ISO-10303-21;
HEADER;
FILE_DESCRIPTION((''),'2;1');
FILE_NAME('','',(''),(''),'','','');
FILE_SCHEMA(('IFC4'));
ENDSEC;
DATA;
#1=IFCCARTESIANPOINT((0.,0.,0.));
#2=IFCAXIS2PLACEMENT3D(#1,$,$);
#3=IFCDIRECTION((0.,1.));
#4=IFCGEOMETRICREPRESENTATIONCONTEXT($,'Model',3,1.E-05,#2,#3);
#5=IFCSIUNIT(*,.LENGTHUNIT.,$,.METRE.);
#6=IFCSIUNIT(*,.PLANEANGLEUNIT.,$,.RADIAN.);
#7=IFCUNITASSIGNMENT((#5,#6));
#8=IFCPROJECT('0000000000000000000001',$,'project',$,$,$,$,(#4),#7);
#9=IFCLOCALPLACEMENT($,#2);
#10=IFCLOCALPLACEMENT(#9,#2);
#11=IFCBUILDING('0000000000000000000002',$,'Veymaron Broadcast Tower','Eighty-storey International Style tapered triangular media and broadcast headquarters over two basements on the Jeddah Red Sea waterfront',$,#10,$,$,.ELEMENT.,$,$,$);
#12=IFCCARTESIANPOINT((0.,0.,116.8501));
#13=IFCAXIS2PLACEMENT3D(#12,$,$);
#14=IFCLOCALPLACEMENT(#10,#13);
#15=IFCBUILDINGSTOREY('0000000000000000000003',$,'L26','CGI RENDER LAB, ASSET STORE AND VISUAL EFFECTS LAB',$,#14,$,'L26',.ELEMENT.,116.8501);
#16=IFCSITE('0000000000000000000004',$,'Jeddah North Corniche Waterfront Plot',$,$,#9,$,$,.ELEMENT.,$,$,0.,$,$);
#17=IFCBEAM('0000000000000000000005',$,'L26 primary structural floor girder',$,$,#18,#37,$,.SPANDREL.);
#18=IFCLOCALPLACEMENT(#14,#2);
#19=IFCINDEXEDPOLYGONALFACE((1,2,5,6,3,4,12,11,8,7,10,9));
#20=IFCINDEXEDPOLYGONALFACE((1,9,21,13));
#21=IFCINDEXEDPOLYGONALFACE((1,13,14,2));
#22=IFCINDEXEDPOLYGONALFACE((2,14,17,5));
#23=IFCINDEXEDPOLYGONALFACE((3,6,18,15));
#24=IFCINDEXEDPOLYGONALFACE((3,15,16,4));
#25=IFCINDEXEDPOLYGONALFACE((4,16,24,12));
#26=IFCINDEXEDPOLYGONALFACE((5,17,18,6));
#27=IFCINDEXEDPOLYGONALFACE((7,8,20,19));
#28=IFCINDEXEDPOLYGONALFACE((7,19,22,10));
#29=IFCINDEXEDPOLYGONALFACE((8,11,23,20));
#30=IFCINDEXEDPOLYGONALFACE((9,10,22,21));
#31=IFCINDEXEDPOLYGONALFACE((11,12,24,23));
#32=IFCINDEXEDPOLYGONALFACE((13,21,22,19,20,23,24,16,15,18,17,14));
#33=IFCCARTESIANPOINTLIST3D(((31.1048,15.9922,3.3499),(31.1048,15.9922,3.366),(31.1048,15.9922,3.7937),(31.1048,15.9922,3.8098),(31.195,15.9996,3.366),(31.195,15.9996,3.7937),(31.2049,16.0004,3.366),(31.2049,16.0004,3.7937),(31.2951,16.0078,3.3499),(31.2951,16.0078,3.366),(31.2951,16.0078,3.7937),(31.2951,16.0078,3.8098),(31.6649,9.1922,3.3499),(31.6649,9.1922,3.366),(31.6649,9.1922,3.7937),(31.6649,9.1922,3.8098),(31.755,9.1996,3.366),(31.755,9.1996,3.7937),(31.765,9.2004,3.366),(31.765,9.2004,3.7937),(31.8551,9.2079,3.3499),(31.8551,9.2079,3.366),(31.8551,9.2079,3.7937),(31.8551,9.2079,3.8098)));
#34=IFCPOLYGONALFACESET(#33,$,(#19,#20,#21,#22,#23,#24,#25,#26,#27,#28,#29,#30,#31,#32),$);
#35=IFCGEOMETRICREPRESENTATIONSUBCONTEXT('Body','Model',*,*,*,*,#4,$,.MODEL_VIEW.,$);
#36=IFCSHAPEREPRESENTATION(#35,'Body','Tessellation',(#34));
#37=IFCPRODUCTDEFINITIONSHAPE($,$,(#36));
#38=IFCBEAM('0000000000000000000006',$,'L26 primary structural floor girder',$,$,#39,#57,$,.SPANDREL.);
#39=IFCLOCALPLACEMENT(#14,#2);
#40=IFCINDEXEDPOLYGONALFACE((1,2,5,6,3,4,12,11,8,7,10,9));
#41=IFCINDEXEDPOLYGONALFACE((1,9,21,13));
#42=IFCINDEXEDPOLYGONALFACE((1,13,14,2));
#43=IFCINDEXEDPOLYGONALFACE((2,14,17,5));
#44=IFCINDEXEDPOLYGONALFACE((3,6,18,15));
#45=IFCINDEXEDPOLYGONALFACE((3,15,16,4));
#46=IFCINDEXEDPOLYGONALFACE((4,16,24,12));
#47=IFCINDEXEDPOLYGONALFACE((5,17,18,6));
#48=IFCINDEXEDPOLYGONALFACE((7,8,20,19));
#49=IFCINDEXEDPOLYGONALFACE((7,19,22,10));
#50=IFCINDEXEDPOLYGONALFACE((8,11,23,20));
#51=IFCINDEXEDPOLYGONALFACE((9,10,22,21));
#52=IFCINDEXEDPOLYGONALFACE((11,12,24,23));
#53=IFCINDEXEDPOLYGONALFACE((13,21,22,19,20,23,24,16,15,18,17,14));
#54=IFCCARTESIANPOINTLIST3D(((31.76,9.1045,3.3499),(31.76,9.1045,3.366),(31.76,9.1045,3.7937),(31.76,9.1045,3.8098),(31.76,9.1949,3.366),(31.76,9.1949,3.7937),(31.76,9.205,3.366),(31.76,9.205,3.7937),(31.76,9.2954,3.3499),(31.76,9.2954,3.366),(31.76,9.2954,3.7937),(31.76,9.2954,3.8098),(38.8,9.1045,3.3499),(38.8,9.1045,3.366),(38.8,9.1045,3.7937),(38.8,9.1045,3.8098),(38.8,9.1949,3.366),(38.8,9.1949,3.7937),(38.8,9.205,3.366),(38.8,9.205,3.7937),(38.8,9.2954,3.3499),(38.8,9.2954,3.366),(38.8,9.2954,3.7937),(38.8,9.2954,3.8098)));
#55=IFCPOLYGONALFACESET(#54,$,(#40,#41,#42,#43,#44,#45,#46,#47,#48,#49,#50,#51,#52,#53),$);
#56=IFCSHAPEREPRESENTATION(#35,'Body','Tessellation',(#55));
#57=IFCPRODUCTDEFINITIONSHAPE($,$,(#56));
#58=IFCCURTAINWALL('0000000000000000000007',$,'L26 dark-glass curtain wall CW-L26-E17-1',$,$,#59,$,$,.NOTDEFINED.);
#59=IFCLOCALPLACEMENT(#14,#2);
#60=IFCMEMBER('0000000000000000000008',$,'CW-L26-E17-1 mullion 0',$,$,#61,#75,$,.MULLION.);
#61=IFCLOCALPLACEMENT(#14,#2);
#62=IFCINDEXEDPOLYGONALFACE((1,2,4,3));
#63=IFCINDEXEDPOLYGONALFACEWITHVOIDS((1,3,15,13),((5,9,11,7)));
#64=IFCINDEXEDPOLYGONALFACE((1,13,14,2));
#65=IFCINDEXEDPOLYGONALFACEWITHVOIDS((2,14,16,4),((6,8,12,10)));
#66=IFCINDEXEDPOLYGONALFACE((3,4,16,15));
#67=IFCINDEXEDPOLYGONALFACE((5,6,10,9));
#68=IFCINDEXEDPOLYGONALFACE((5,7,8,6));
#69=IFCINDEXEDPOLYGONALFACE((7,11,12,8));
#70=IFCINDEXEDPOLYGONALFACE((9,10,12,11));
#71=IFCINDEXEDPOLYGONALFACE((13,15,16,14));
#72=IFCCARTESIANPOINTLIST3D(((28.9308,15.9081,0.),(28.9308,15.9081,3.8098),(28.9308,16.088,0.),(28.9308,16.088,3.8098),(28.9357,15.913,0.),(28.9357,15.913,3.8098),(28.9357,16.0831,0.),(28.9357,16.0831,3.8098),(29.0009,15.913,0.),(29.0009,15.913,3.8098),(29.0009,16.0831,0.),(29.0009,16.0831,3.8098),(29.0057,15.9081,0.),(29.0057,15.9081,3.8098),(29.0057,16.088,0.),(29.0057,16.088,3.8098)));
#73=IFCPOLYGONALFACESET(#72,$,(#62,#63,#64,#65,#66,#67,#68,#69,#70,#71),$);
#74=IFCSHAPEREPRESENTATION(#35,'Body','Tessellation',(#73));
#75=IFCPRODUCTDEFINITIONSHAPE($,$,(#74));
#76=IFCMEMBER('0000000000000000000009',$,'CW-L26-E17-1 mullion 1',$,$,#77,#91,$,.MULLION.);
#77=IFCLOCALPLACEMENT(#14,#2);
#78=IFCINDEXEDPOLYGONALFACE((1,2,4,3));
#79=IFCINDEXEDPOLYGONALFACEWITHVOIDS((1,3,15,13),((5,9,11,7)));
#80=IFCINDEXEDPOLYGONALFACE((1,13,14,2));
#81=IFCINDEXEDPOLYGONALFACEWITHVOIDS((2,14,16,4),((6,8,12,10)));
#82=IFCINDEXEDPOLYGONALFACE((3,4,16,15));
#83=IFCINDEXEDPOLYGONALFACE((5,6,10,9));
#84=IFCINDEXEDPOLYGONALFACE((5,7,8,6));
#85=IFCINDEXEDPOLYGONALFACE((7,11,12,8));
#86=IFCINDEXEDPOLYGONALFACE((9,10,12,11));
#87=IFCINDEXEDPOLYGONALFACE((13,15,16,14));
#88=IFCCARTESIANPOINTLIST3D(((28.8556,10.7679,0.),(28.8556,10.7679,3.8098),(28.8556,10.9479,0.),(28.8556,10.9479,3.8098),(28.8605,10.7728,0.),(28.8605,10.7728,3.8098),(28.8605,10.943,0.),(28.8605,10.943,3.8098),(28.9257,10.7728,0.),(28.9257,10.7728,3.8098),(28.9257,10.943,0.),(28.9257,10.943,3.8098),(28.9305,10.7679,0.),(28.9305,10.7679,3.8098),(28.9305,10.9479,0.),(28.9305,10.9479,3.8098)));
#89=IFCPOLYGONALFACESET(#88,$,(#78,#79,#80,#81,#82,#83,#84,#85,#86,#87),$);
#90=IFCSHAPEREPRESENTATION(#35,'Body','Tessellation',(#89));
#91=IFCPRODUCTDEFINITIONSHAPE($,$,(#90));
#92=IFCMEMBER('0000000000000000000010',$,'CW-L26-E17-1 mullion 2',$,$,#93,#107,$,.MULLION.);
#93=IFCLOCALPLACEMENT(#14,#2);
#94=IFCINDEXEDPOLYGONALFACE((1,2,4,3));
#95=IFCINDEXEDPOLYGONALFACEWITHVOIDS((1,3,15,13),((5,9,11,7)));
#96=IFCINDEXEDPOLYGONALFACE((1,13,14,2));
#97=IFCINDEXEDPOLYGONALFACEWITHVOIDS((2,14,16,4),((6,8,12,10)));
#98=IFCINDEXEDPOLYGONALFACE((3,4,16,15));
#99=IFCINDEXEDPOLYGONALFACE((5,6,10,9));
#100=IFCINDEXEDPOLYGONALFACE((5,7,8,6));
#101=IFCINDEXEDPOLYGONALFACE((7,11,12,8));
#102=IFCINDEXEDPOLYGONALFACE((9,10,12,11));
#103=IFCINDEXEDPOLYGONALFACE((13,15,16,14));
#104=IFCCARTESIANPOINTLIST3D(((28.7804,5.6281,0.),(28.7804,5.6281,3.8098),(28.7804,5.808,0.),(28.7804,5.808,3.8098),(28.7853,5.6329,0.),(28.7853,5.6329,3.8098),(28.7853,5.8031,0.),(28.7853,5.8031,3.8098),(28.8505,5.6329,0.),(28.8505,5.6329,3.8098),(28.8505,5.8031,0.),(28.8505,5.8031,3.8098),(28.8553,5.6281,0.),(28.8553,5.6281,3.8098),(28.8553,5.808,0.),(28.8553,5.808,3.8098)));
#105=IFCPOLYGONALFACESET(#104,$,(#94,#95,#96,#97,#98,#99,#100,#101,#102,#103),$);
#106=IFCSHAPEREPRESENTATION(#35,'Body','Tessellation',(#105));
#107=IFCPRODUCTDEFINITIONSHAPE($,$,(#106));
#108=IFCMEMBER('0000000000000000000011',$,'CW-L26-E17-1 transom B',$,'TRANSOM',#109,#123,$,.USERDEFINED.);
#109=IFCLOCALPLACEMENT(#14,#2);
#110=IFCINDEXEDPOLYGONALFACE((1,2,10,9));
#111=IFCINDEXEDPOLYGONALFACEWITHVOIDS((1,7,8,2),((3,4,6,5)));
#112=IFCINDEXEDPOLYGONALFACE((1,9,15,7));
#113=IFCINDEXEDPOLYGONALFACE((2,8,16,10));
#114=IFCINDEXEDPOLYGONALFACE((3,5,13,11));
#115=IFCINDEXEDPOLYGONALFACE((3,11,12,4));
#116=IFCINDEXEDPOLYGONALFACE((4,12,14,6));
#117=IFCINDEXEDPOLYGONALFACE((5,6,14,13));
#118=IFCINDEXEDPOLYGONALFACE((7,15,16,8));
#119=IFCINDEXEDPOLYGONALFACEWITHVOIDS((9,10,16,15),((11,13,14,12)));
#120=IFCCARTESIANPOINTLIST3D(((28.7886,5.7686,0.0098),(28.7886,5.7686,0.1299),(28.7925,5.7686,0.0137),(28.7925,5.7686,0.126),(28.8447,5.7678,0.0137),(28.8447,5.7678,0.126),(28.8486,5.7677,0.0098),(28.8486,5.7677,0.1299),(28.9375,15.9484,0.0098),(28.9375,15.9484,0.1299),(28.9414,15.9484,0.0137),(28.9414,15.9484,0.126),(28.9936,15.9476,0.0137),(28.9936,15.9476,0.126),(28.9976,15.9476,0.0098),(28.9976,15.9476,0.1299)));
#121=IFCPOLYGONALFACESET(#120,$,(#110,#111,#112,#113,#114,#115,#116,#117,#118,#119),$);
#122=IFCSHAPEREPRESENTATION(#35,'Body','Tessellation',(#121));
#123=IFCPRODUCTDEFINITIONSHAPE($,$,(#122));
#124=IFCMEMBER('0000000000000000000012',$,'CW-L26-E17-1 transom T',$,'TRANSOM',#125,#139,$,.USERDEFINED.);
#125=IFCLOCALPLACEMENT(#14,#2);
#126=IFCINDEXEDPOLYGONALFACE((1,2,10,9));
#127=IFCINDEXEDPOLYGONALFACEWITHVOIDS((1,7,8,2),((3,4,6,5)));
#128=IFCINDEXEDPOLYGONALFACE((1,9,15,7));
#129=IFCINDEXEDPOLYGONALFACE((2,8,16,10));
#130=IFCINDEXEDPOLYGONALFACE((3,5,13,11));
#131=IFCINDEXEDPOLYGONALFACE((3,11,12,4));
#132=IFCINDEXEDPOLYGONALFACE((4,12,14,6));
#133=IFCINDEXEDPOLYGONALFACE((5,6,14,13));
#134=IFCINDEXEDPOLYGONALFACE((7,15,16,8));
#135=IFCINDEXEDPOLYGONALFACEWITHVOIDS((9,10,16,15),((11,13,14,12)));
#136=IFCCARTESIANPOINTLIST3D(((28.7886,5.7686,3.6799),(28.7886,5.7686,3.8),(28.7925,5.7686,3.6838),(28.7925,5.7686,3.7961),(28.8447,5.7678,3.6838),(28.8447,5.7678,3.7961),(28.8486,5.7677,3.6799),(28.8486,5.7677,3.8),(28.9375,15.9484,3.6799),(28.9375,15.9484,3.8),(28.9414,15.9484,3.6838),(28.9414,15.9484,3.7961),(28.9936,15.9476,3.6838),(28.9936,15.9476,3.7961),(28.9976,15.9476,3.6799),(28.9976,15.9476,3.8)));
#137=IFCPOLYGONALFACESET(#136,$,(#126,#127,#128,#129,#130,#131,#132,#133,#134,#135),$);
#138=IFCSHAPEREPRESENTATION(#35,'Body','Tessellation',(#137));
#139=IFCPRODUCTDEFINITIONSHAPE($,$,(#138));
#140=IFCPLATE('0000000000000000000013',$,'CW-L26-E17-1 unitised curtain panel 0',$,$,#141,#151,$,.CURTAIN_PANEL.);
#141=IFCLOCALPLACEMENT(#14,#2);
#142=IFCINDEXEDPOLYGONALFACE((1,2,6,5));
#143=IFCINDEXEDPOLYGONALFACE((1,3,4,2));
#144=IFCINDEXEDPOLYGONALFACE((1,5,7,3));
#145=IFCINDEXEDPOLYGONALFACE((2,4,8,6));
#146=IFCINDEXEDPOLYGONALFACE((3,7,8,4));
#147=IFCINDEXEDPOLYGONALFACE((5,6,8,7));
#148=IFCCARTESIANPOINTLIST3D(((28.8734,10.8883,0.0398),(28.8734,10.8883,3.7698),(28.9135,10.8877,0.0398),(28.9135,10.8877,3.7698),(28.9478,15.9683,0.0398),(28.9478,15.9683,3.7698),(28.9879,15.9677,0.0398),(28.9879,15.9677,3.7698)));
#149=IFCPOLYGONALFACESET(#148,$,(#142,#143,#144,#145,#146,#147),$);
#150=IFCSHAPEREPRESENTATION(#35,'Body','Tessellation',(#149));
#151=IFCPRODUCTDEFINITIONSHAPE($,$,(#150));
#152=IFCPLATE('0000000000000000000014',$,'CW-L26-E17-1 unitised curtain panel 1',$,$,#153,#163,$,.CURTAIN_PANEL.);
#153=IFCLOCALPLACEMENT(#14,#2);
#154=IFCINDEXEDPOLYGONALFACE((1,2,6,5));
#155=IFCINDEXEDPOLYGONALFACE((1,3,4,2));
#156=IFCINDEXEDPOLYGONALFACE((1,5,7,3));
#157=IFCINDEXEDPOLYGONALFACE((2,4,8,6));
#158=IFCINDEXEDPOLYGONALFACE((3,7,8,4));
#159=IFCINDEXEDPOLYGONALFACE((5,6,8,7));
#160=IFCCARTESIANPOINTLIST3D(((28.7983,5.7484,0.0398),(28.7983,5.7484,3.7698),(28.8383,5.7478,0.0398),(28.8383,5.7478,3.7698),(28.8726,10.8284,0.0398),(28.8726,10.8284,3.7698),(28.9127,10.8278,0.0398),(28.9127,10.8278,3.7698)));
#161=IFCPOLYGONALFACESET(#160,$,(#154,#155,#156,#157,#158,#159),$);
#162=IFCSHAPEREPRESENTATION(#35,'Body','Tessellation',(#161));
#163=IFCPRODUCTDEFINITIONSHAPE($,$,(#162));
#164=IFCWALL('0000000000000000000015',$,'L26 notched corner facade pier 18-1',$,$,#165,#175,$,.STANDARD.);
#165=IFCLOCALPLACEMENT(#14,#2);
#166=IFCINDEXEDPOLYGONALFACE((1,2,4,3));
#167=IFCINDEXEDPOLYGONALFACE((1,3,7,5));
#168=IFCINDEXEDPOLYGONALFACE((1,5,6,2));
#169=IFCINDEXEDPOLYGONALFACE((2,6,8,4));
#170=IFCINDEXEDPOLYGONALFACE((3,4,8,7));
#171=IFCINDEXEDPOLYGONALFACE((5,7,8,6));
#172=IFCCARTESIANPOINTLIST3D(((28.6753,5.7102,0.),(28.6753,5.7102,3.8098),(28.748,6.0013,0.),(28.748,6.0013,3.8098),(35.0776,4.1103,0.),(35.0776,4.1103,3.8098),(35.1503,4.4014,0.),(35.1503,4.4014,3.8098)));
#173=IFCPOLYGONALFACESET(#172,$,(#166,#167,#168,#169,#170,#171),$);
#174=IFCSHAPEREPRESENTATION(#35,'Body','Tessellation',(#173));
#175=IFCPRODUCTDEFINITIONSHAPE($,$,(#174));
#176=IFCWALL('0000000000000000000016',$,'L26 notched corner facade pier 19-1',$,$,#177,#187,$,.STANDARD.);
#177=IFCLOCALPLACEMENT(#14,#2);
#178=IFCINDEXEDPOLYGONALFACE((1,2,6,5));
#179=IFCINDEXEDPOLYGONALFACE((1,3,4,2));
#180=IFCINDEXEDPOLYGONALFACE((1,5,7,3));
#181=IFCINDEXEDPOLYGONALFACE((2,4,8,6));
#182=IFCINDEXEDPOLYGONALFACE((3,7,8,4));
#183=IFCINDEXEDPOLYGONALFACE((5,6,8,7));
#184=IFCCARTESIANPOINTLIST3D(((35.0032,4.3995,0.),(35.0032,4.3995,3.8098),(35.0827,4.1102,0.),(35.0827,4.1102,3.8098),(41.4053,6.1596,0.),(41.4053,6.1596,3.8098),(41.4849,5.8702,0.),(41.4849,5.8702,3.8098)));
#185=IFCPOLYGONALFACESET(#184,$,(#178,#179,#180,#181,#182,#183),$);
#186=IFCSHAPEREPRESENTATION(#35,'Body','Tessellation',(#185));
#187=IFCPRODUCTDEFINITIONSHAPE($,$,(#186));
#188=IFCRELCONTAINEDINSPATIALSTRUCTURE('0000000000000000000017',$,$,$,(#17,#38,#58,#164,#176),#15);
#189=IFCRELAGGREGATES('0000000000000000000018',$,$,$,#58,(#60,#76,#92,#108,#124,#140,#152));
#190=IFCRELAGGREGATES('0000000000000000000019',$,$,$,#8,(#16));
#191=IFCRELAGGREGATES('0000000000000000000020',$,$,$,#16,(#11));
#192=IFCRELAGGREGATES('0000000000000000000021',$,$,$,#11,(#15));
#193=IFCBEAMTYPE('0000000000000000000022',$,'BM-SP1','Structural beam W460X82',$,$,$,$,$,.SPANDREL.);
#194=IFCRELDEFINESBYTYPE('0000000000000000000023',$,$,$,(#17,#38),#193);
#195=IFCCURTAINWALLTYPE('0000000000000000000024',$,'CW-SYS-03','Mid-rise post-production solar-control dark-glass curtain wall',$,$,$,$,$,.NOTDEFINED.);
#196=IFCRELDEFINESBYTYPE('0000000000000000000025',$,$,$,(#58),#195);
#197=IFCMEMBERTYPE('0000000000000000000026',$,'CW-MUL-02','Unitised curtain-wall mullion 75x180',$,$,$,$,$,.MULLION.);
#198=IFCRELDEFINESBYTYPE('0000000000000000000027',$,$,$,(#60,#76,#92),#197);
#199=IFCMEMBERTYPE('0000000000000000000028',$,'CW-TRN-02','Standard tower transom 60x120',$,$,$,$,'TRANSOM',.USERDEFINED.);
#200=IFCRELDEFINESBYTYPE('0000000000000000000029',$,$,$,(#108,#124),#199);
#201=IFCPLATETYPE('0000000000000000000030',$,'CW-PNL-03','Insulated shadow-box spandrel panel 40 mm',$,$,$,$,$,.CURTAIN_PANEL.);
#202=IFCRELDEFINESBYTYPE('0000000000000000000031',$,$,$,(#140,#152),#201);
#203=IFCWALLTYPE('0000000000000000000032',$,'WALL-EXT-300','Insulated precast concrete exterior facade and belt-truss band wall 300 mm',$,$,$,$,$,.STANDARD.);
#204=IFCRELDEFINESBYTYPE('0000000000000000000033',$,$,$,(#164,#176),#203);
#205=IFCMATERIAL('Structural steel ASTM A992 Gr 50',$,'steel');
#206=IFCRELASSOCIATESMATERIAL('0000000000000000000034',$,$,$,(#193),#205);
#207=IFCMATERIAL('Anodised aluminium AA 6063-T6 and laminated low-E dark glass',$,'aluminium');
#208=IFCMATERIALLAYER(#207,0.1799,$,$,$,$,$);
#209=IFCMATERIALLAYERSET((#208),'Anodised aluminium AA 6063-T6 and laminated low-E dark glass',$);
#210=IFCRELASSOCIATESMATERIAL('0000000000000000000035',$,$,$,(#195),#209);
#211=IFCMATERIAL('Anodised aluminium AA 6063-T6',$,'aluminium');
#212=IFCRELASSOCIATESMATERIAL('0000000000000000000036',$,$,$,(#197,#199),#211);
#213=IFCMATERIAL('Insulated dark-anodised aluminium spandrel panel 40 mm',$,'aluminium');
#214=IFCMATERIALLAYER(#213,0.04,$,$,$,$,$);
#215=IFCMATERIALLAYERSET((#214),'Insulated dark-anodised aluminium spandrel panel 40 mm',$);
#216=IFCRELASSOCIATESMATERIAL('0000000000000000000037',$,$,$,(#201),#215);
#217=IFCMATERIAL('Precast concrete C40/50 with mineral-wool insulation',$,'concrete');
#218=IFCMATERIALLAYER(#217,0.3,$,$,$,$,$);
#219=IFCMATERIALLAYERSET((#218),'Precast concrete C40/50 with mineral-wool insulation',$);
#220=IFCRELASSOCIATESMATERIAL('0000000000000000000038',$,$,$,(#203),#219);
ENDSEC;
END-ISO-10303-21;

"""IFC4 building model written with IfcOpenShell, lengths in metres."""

from ifc_helpers import new_model, si_unit, direction, frame, frame_2d, origin, origin_2d, place, context, subcontext, project, spatial, rectangle, hollow_rectangle, i_section, extrude, material, layer, layer_set, material_profile, profile_set, type_object, element, aggregate, save


model = new_model("IFC4")

# Units and contexts
model_context = context("Model", 3, precision=1e-05, world=origin(), true_north=direction((0.0, 1.0)))
body_context = subcontext(model_context, "Body", "Model", "MODEL_VIEW")
ifc_project = project(units=[si_unit("LENGTHUNIT", "METRE"), si_unit("PLANEANGLEUNIT", "RADIAN")], contexts=[model_context])

# Site, building, storey
site_placement = place(None, origin())
site = spatial("IfcSite", under=ifc_project, at=site_placement, Name="Jeddah North Corniche Waterfront Plot", CompositionType="ELEMENT", RefElevation=0.0)
building_placement = place(site_placement, origin())
building = spatial("IfcBuilding", under=site, at=building_placement, Name="Veymaron Broadcast Tower", Description="Eighty-storey International Style tapered triangular media and broadcast headquarters over two basements on the Jeddah Red Sea waterfront", CompositionType="ELEMENT")
storey_placement = place(building_placement, frame((0.0, 0.0, 116.8501)))
storey = spatial("IfcBuildingStorey", under=building, at=storey_placement, Name="L26", Description="CGI RENDER LAB, ASSET STORE AND VISUAL EFFECTS LAB", LongName="L26", CompositionType="ELEMENT", Elevation=116.8501)

# Shared definitions
ifc_material_1 = material(Name="Structural steel ASTM A992 Gr 50", Category="steel")

# Beams
ifc_material_profile_1 = material_profile(ifc_material_1, i_section(OverallWidth=0.1909, OverallDepth=0.46, WebThickness=0.01, FlangeThickness=0.0161, at=origin_2d()), Name="W460X82")
ifc_profile_set_1 = profile_set([ifc_material_profile_1], Name="Structural steel ASTM A992 Gr 50")
beam_type_1 = type_object("IfcBeamType", Name="BM-SP1", Description="Structural beam W460X82", PredefinedType="SPANDREL", material=ifc_profile_set_1)
beam_1_placement = place(storey_placement, frame((31.2, 16.0, 3.5798), z_axis=(0.082083, -0.996625, 0.0), x_axis=(0.996625, 0.082083, 0.0)))
element("IfcBeam", 1, at=beam_1_placement, inside=storey, type_object=beam_type_1, Name="L26 primary structural floor girder", PredefinedType="SPANDREL", context=body_context, shape_type="SweptSolid", body=[
    extrude(i_section(OverallWidth=0.1909, OverallDepth=0.46, WebThickness=0.01, FlangeThickness=0.0161, at=origin_2d()), origin(), (0.0, 0.0, 1.0), 6.823),
])
beam_2_placement = place(storey_placement, frame((31.76, 9.2, 3.5798), z_axis=(1.0, 0.0, 0.0), x_axis=(0.0, 1.0, 0.0)))
element("IfcBeam", 2, at=beam_2_placement, inside=storey, type_object=beam_type_1, Name="L26 primary structural floor girder", PredefinedType="SPANDREL", context=body_context, shape_type="SweptSolid", body=[
    extrude(i_section(OverallWidth=0.1909, OverallDepth=0.46, WebThickness=0.01, FlangeThickness=0.0161, at=origin_2d()), origin(), (0.0, 0.0, 1.0), 7.04),
])

# Curtain wall, members, plates
ifc_material_2 = material(Name="Anodised aluminium AA 6063-T6 and laminated low-E dark glass", Category="aluminium")
ifc_layer_1 = layer(ifc_material_2, 0.1799)
ifc_layer_set_1 = layer_set([ifc_layer_1], Name="Anodised aluminium AA 6063-T6 and laminated low-E dark glass")
curtain_wall_type = type_object("IfcCurtainWallType", Name="CW-SYS-03", Description="Mid-rise post-production solar-control dark-glass curtain wall", PredefinedType="NOTDEFINED", material=ifc_layer_set_1)
curtain_wall_placement = place(storey_placement, origin())
curtain_wall = element("IfcCurtainWall", 3, at=curtain_wall_placement, inside=storey, type_object=curtain_wall_type, Name="L26 dark-glass curtain wall CW-L26-E17-1", PredefinedType="NOTDEFINED")
ifc_material_3 = material(Name="Anodised aluminium AA 6063-T6", Category="aluminium")
ifc_material_profile_2 = material_profile(ifc_material_3, hollow_rectangle(XDim=0.075, YDim=0.1799, WallThickness=0.0049, at=origin_2d()), Name="AL180X75X5")
ifc_profile_set_2 = profile_set([ifc_material_profile_2], Name="Anodised aluminium AA 6063-T6")
member_type_1 = type_object("IfcMemberType", Name="CW-MUL-02", Description="Unitised curtain-wall mullion 75x180", PredefinedType="MULLION", material=ifc_profile_set_2)
member_1_placement = place(storey_placement, frame((28.9683, 15.998, 0.0), z_axis=(0.0, 0.0, 1.0), x_axis=(1.0, 0.0, 0.0)))
member_1 = element("IfcMember", 4, at=member_1_placement, type_object=member_type_1, Name="CW-L26-E17-1 mullion 0", PredefinedType="MULLION", context=body_context, shape_type="SweptSolid", body=[
    extrude(hollow_rectangle(XDim=0.075, YDim=0.1799, WallThickness=0.0049, at=origin_2d()), origin(), (0.0, 0.0, 1.0), 3.8098),
])
member_2_placement = place(storey_placement, frame((28.8931, 10.8579, 0.0), z_axis=(0.0, 0.0, 1.0), x_axis=(1.0, 0.0, 0.0)))
member_2 = element("IfcMember", 5, at=member_2_placement, type_object=member_type_1, Name="CW-L26-E17-1 mullion 1", PredefinedType="MULLION", context=body_context, shape_type="SweptSolid", body=[
    extrude(hollow_rectangle(XDim=0.075, YDim=0.1799, WallThickness=0.0049, at=origin_2d()), origin(), (0.0, 0.0, 1.0), 3.8098),
])
member_3_placement = place(storey_placement, frame((28.8179, 5.718, 0.0), z_axis=(0.0, 0.0, 1.0), x_axis=(1.0, 0.0, 0.0)))
member_3 = element("IfcMember", 6, at=member_3_placement, type_object=member_type_1, Name="CW-L26-E17-1 mullion 2", PredefinedType="MULLION", context=body_context, shape_type="SweptSolid", body=[
    extrude(hollow_rectangle(XDim=0.075, YDim=0.1799, WallThickness=0.0049, at=origin_2d()), origin(), (0.0, 0.0, 1.0), 3.8098),
])
ifc_material_profile_3 = material_profile(ifc_material_3, hollow_rectangle(XDim=0.0601, YDim=0.1201, WallThickness=0.0039, at=origin_2d()), Name="AL120X60X4")
ifc_profile_set_3 = profile_set([ifc_material_profile_3], Name="Anodised aluminium AA 6063-T6")
member_type_2 = type_object("IfcMemberType", Name="CW-TRN-02", Description="Standard tower transom 60x120", ElementType="TRANSOM", PredefinedType="USERDEFINED", material=ifc_profile_set_3)
member_4_placement = place(storey_placement, frame((28.9675, 15.948, 0.0698), z_axis=(-0.014628, -0.999893, 0.0), x_axis=(0.999893, -0.014628, 0.0)))
member_4 = element("IfcMember", 7, at=member_4_placement, type_object=member_type_2, Name="CW-L26-E17-1 transom B", ObjectType="TRANSOM", PredefinedType="USERDEFINED", context=body_context, shape_type="SweptSolid", body=[
    extrude(hollow_rectangle(XDim=0.0601, YDim=0.1201, WallThickness=0.0039, at=origin_2d()), origin(), (0.0, 0.0, 1.0), 10.1809),
])
member_5_placement = place(storey_placement, frame((28.9675, 15.948, 3.74), z_axis=(-0.014628, -0.999893, 0.0), x_axis=(0.999893, -0.014628, 0.0)))
member_5 = element("IfcMember", 8, at=member_5_placement, type_object=member_type_2, Name="CW-L26-E17-1 transom T", ObjectType="TRANSOM", PredefinedType="USERDEFINED", context=body_context, shape_type="SweptSolid", body=[
    extrude(hollow_rectangle(XDim=0.0601, YDim=0.1201, WallThickness=0.0039, at=origin_2d()), origin(), (0.0, 0.0, 1.0), 10.1809),
])
ifc_material_4 = material(Name="Insulated dark-anodised aluminium spandrel panel 40 mm", Category="aluminium")
ifc_layer_2 = layer(ifc_material_4, 0.04)
ifc_layer_set_2 = layer_set([ifc_layer_2], Name="Insulated dark-anodised aluminium spandrel panel 40 mm")
plate_type = type_object("IfcPlateType", Name="CW-PNL-03", Description="Insulated shadow-box spandrel panel 40 mm", PredefinedType="CURTAIN_PANEL", material=ifc_layer_set_2)
plate_1_placement = place(storey_placement, frame((28.9307, 13.428, 0.0398), z_axis=(0.0, 0.0, 1.0), x_axis=(-0.014643, -0.999893, 0.0)))
plate_1 = element("IfcPlate", 9, at=plate_1_placement, type_object=plate_type, Name="CW-L26-E17-1 unitised curtain panel 0", PredefinedType="CURTAIN_PANEL", context=body_context, shape_type="SweptSolid", body=[
    extrude(rectangle(XDim=5.0806, YDim=0.04, at=origin_2d()), origin(), (0.0, 0.0, 1.0), 3.73),
])
plate_2_placement = place(storey_placement, frame((28.8555, 8.2881, 0.0398), z_axis=(0.0, 0.0, 1.0), x_axis=(-0.014643, -0.999893, 0.0)))
plate_2 = element("IfcPlate", 10, at=plate_2_placement, type_object=plate_type, Name="CW-L26-E17-1 unitised curtain panel 1", PredefinedType="CURTAIN_PANEL", context=body_context, shape_type="SweptSolid", body=[
    extrude(rectangle(XDim=5.0806, YDim=0.04, at=origin_2d()), origin(), (0.0, 0.0, 1.0), 3.73),
])
aggregate(curtain_wall, [member_1, member_2, member_3, member_4, member_5, plate_1, plate_2])

# Walls
ifc_material_5 = material(Name="Precast concrete C40/50 with mineral-wool insulation", Category="concrete")
ifc_layer_3 = layer(ifc_material_5, 0.3)
ifc_layer_set_3 = layer_set([ifc_layer_3], Name="Precast concrete C40/50 with mineral-wool insulation")
wall_type_1 = type_object("IfcWallType", Name="WALL-EXT-300", Description="Insulated precast concrete exterior facade and belt-truss band wall 300 mm", PredefinedType="STANDARD", material=ifc_layer_set_3)
wall_1_placement = place(storey_placement, frame((28.7117, 5.8557, 0.0), z_axis=(0.0, 0.0, 1.0), x_axis=(0.970169, -0.242431, 0.0)))
element("IfcWall", 11, at=wall_1_placement, inside=storey, type_object=wall_type_1, Name="L26 notched corner facade pier 18-1", PredefinedType="STANDARD", context=body_context, shape_type="SweptSolid", body=[
    extrude(rectangle(XDim=6.5991, YDim=0.3, at=frame_2d((3.2996, 0.0))), origin(), (0.0, 0.0, 1.0), 3.8098),
])
wall_2_placement = place(storey_placement, frame((35.043, 4.2549, 0.0), z_axis=(0.0, 0.0, 1.0), x_axis=(0.964227, 0.265077, 0.0)))
element("IfcWall", 12, at=wall_2_placement, inside=storey, type_object=wall_type_1, Name="L26 notched corner facade pier 19-1", PredefinedType="STANDARD", context=body_context, shape_type="SweptSolid", body=[
    extrude(rectangle(XDim=6.6396, YDim=0.3, at=frame_2d((3.3198, 0.0))), origin(), (0.0, 0.0, 1.0), 3.8098),
])

save(model, "model.ifc")
